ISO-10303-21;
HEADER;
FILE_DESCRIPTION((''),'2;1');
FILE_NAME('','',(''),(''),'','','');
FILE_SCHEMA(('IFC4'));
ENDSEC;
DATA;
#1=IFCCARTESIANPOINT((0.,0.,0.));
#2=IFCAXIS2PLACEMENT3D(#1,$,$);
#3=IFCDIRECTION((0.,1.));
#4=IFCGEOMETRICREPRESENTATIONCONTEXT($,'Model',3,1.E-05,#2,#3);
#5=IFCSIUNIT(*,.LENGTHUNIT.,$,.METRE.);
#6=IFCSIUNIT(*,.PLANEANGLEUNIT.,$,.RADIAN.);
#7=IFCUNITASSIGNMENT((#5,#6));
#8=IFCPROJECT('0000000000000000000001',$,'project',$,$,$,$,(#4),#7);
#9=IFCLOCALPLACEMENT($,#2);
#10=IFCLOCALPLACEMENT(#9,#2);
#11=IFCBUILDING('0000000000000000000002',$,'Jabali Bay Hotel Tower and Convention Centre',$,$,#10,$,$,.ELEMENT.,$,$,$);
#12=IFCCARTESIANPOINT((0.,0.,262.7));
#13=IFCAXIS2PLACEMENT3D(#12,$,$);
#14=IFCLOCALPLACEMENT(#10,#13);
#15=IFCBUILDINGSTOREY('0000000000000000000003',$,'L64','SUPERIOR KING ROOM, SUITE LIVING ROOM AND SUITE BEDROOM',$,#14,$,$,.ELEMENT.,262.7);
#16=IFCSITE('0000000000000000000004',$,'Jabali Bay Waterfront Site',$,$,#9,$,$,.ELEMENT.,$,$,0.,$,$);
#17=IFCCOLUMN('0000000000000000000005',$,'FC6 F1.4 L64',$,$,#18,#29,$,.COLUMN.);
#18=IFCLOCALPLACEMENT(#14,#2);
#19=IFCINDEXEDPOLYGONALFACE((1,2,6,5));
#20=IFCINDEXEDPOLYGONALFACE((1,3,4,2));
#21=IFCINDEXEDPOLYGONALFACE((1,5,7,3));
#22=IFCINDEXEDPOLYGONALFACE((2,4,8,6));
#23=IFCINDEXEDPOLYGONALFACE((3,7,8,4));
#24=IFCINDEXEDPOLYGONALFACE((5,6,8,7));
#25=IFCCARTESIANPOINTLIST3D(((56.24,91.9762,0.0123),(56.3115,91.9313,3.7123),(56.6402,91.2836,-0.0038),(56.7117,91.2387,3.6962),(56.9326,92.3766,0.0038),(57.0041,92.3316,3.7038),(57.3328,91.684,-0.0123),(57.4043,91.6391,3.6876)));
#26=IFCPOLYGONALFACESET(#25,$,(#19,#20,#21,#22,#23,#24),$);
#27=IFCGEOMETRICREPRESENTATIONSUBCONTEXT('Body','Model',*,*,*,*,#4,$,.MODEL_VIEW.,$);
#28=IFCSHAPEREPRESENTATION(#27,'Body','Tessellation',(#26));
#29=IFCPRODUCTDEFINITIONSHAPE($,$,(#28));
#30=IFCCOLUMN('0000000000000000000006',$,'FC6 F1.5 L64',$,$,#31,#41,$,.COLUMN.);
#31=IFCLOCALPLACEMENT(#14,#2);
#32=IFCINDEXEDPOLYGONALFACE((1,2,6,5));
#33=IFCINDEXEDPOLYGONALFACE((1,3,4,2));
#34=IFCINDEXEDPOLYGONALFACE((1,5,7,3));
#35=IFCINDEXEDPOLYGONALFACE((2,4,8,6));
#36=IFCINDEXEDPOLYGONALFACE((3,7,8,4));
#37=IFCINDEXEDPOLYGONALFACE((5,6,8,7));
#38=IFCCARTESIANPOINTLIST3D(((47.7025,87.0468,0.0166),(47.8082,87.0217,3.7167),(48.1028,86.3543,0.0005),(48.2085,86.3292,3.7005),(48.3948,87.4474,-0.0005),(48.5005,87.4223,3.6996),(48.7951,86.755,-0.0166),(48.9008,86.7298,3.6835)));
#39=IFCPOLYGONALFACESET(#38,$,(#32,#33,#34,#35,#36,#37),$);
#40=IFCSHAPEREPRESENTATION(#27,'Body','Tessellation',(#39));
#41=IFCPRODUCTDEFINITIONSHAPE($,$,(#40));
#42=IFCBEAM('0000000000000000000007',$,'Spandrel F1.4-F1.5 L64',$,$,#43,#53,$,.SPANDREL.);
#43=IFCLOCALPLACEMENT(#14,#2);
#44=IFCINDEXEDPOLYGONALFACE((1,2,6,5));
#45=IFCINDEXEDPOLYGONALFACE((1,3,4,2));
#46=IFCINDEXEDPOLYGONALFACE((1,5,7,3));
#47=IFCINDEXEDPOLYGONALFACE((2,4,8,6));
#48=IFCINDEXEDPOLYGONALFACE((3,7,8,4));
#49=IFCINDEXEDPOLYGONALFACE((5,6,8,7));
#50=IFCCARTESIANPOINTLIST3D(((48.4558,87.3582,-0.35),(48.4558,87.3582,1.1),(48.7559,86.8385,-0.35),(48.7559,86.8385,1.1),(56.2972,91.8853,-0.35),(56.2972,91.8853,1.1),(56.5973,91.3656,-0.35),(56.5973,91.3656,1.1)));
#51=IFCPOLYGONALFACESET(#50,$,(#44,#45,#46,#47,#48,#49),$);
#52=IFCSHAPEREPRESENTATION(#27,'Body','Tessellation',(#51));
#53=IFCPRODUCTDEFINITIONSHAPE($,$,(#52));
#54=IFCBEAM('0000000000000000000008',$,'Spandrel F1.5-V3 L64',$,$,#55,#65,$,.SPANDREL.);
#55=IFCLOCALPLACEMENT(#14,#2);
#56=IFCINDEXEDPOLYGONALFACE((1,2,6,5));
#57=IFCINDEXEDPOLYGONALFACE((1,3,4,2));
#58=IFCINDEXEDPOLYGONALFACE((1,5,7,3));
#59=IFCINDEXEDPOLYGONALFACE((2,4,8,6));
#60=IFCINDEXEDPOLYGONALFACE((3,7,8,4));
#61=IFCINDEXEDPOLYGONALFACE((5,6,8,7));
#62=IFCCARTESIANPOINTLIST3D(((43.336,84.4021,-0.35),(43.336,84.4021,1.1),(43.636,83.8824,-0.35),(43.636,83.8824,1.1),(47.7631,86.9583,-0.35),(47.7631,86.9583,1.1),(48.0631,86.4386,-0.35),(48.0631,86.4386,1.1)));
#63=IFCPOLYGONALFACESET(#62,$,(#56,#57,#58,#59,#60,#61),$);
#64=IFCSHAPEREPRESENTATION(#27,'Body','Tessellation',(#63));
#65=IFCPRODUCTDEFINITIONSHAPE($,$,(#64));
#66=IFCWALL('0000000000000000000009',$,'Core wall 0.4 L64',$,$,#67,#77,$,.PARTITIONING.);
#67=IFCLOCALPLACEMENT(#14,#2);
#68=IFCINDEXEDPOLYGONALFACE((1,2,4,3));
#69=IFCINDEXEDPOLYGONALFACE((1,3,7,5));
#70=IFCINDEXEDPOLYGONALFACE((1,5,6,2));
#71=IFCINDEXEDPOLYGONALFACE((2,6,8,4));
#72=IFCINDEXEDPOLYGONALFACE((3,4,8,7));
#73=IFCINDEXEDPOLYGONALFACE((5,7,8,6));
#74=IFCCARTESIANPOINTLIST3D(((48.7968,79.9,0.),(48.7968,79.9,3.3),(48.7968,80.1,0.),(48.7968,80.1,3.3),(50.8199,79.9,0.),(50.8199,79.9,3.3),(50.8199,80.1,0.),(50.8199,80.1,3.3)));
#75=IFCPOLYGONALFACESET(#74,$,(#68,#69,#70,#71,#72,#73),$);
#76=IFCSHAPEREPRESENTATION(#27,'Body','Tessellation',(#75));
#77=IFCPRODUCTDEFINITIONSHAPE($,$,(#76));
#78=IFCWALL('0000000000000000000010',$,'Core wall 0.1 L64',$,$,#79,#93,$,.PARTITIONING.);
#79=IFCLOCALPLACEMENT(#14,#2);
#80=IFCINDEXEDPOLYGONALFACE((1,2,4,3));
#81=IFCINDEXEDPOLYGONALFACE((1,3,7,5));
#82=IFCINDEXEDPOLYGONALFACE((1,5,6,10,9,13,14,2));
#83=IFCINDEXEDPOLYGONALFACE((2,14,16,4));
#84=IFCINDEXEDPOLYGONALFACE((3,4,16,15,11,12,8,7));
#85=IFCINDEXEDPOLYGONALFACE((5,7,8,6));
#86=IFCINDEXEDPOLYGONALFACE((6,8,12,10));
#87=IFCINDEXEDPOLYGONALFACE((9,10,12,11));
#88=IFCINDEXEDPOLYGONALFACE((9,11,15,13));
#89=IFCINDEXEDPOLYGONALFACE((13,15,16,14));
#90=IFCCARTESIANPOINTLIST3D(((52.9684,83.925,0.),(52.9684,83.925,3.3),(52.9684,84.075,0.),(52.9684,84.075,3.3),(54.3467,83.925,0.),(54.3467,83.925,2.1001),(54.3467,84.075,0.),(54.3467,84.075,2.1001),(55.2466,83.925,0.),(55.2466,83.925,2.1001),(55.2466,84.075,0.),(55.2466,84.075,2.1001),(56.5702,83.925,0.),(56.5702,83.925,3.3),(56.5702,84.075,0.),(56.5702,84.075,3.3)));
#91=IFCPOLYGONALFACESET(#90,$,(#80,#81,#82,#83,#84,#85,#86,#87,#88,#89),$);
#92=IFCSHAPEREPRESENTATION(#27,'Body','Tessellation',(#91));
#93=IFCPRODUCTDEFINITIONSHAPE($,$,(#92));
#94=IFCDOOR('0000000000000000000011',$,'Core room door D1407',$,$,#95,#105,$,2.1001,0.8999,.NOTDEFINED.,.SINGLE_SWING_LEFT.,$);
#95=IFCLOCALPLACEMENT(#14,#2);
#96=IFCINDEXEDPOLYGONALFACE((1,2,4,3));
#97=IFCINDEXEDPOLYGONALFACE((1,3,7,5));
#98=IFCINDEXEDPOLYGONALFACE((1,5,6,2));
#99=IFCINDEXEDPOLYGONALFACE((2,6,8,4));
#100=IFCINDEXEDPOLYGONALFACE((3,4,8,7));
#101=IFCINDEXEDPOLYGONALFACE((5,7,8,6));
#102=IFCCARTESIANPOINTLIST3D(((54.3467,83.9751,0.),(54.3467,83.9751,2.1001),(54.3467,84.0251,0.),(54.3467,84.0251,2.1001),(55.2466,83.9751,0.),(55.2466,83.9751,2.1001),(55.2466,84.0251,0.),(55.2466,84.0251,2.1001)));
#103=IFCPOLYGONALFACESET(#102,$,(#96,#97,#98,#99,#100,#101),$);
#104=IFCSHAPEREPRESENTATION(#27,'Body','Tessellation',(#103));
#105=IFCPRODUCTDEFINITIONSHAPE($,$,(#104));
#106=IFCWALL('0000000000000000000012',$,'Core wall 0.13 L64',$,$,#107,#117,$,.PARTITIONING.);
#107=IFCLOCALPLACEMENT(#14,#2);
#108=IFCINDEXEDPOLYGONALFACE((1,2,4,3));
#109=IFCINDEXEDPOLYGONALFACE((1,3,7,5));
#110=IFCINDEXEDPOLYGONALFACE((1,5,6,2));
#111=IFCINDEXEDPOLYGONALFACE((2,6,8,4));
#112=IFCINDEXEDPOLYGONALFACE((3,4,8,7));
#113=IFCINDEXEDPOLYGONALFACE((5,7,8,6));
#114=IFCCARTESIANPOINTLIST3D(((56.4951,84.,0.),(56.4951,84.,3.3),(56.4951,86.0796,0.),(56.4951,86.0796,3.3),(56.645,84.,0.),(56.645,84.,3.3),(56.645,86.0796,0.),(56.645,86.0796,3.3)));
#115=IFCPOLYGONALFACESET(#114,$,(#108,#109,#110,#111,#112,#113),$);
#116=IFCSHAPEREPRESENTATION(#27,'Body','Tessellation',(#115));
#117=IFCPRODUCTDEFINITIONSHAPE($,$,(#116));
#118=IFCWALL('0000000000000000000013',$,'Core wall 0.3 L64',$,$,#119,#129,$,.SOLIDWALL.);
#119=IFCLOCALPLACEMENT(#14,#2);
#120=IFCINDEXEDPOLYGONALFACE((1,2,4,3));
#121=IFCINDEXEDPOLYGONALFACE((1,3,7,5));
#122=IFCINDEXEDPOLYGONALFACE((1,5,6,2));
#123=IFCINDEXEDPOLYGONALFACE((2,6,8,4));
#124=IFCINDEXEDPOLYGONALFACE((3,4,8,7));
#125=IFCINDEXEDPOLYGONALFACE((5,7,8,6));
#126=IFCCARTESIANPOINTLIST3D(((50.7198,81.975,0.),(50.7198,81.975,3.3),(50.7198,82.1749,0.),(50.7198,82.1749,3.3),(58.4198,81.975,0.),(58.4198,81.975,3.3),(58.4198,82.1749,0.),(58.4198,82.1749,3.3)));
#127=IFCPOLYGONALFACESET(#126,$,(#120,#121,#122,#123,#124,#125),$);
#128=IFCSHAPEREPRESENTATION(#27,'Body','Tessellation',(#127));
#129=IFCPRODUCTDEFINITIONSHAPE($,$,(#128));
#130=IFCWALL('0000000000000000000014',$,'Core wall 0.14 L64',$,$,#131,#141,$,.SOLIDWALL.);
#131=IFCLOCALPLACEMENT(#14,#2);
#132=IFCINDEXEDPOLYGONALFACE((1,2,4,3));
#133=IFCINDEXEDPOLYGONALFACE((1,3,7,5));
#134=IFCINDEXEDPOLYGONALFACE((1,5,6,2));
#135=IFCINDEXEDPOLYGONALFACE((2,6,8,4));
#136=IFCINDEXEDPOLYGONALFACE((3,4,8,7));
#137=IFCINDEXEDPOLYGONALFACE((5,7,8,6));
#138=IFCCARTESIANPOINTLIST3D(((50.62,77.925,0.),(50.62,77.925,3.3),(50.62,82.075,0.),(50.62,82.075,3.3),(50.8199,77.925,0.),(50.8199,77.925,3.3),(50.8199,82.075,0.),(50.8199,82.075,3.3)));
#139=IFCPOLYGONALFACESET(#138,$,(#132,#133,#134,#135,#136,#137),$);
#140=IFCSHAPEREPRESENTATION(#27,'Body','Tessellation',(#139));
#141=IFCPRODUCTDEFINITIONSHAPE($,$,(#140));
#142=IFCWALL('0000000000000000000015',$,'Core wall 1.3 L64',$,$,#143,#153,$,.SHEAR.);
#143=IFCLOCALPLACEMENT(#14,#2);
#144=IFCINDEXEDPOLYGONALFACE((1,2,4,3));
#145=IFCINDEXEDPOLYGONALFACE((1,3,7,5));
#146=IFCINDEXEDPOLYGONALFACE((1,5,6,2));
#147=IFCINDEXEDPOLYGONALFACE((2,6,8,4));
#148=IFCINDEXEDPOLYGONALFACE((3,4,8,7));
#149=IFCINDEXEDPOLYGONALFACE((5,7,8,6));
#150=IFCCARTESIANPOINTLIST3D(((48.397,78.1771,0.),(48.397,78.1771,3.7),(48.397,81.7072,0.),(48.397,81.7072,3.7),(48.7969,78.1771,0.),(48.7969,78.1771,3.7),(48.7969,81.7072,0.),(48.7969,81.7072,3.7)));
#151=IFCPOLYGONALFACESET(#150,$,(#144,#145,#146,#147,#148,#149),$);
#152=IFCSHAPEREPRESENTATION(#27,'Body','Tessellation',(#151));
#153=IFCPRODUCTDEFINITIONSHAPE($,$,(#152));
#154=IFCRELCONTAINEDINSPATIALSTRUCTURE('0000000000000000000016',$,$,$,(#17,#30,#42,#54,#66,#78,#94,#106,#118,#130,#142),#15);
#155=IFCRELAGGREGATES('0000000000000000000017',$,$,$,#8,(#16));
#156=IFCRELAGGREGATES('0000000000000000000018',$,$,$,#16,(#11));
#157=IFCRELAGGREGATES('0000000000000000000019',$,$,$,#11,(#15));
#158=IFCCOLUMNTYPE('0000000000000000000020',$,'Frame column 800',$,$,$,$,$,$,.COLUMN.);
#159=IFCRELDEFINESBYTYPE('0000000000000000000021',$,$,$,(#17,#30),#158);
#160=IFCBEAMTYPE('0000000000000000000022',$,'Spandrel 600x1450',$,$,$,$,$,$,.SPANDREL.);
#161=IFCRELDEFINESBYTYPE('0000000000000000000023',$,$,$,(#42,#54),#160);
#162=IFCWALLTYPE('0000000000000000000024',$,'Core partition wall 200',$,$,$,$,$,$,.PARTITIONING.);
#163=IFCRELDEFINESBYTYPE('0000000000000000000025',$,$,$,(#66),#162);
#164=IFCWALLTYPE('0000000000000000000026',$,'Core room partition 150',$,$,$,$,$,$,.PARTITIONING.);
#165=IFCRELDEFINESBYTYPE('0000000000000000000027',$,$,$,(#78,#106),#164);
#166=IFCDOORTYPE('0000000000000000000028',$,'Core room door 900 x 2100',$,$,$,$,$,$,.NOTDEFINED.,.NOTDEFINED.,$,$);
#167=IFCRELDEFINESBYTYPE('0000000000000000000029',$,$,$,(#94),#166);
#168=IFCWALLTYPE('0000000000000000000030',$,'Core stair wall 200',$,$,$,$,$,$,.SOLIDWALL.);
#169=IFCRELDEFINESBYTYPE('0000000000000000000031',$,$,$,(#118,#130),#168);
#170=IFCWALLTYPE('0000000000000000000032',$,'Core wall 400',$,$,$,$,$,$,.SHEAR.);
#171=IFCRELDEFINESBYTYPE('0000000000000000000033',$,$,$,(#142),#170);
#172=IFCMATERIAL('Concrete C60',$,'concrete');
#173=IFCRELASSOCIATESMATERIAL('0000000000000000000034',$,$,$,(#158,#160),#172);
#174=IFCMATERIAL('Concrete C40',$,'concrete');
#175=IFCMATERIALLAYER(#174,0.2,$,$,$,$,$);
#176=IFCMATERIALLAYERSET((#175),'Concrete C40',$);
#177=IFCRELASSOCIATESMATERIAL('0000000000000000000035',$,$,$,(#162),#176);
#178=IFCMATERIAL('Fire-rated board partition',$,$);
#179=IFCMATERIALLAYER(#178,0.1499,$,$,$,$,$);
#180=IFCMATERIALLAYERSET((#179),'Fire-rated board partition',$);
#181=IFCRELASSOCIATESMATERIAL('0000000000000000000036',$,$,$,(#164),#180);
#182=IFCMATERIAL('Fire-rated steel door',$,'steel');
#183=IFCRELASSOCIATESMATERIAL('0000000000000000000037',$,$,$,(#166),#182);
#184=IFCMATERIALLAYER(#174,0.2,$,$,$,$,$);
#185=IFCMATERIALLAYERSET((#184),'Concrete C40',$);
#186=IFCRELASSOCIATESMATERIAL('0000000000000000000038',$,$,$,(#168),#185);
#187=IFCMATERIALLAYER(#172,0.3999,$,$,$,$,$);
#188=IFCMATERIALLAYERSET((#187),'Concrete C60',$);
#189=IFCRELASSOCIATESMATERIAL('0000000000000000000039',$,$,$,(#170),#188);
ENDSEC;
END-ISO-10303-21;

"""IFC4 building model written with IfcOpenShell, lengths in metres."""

from ifc_helpers import new_model, si_unit, direction, frame, frame_2d, origin, origin_2d, place, context, subcontext, project, spatial, rectangle, extrude, material, layer, layer_set, material_profile, profile_set, type_object, element, fill, save


model = new_model("IFC4")

# Units and contexts
model_context = context("Model", 3, precision=1e-05, world=origin(), true_north=direction((0.0, 1.0)))
body_context = subcontext(model_context, "Body", "Model", "MODEL_VIEW")
ifc_project = project(units=[si_unit("LENGTHUNIT", "METRE"), si_unit("PLANEANGLEUNIT", "RADIAN")], contexts=[model_context])

# Site, building, storey
site_placement = place(None, origin())
site = spatial("IfcSite", under=ifc_project, at=site_placement, Name="Jabali Bay Waterfront Site", CompositionType="ELEMENT", RefElevation=0.0)
building_placement = place(site_placement, origin())
building = spatial("IfcBuilding", under=site, at=building_placement, Name="Jabali Bay Hotel Tower and Convention Centre", CompositionType="ELEMENT")
storey_placement = place(building_placement, frame((0.0, 0.0, 262.7)))
storey = spatial("IfcBuildingStorey", under=building, at=storey_placement, Name="L64", Description="SUPERIOR KING ROOM, SUITE LIVING ROOM AND SUITE BEDROOM", CompositionType="ELEMENT", Elevation=262.7)

# Columns
ifc_material_1 = material(Name="Concrete C60", Category="concrete")
ifc_material_profile_1 = material_profile(ifc_material_1, rectangle(XDim=0.8, YDim=0.8, at=origin_2d()), Name="Frame column 800")
ifc_profile_set_1 = profile_set([ifc_material_profile_1], Name="Concrete C60")
column_type = type_object("IfcColumnType", Name="Frame column 800", PredefinedType="COLUMN", material=ifc_profile_set_1)
column_1_placement = place(storey_placement, frame((56.7864, 91.8301, 0.0), z_axis=(0.019329, -0.012138, 0.99974), x_axis=(-0.5002, 0.865675, 0.020181)))
element("IfcColumn", 1, at=column_1_placement, inside=storey, type_object=column_type, Name="FC6 F1.4 L64", PredefinedType="COLUMN", context=body_context, shape_type="SweptSolid", body=[
    extrude(rectangle(XDim=0.8, YDim=0.8, at=origin_2d()), origin(), (0.0, 0.0, 1.0), 3.7009),
])
column_2_placement = place(storey_placement, frame((48.2488, 86.9009, 0.0), z_axis=(0.028559, -0.006794, 0.999569), x_axis=(-0.500406, 0.865556, 0.02018)))
element("IfcColumn", 2, at=column_2_placement, inside=storey, type_object=column_type, Name="FC6 F1.5 L64", PredefinedType="COLUMN", context=body_context, shape_type="SweptSolid", body=[
    extrude(rectangle(XDim=0.8, YDim=0.8, at=origin_2d()), origin(), (0.0, 0.0, 1.0), 3.7017),
])

# Beams
ifc_material_profile_2 = material_profile(ifc_material_1, rectangle(XDim=0.6001, YDim=1.45, at=origin_2d()), Name="Spandrel 600x1450")
ifc_profile_set_2 = profile_set([ifc_material_profile_2], Name="Concrete C60")
beam_type = type_object("IfcBeamType", Name="Spandrel 600x1450", PredefinedType="SPANDREL", material=ifc_profile_set_2)
beam_1_placement = place(storey_placement, frame((56.4473, 91.6255, 0.375), z_axis=(-0.866029, -0.499993, 0.0), x_axis=(0.499993, -0.866029, 0.0)))
element("IfcBeam", 3, at=beam_1_placement, inside=storey, type_object=beam_type, Name="Spandrel F1.4-F1.5 L64", PredefinedType="SPANDREL", context=body_context, shape_type="SweptSolid", body=[
    extrude(rectangle(XDim=0.6001, YDim=1.45, at=origin_2d()), origin(), (0.0, 0.0, 1.0), 9.0544),
])
beam_2_placement = place(storey_placement, frame((47.9131, 86.6985, 0.375), z_axis=(-0.866007, -0.500033, 0.0), x_axis=(0.500033, -0.866007, 0.0)))
element("IfcBeam", 4, at=beam_2_placement, inside=storey, type_object=beam_type, Name="Spandrel F1.5-V3 L64", PredefinedType="SPANDREL", context=body_context, shape_type="SweptSolid", body=[
    extrude(rectangle(XDim=0.6001, YDim=1.45, at=origin_2d()), origin(), (0.0, 0.0, 1.0), 5.1121),
])

# Wall
ifc_material_2 = material(Name="Concrete C40", Category="concrete")
ifc_layer_1 = layer(ifc_material_2, 0.2)
ifc_layer_set_1 = layer_set([ifc_layer_1], Name="Concrete C40")
wall_type_1 = type_object("IfcWallType", Name="Core partition wall 200", PredefinedType="PARTITIONING", material=ifc_layer_set_1)
wall_1_placement = place(storey_placement, frame((50.8201, 80.0, 0.0), z_axis=(0.0, 0.0, 1.0), x_axis=(-1.0, 0.0, 0.0)))
element("IfcWall", 5, at=wall_1_placement, inside=storey, type_object=wall_type_1, Name="Core wall 0.4 L64", PredefinedType="PARTITIONING", context=body_context, shape_type="SweptSolid", body=[
    extrude(rectangle(XDim=2.0232, YDim=0.2, at=frame_2d((1.0117, 0.0))), origin(), (0.0, 0.0, 1.0), 3.3),
])

# Wall, opening, door
ifc_material_3 = material(Name="Fire-rated board partition")
ifc_layer_2 = layer(ifc_material_3, 0.1499)
ifc_layer_set_2 = layer_set([ifc_layer_2], Name="Fire-rated board partition")
wall_type_2 = type_object("IfcWallType", Name="Core room partition 150", PredefinedType="PARTITIONING", material=ifc_layer_set_2)
wall_2_placement = place(storey_placement, frame((56.5701, 84.0, 0.0), z_axis=(0.0, 0.0, 1.0), x_axis=(-1.0, 0.0, 0.0)))
wall_2 = element("IfcWall", 6, at=wall_2_placement, inside=storey, type_object=wall_type_2, Name="Core wall 0.1 L64", PredefinedType="PARTITIONING", context=body_context, shape_type="SweptSolid", body=[
    extrude(rectangle(XDim=3.6018, YDim=0.1499, at=frame_2d((1.8008, 0.0))), origin(), (0.0, 0.0, 1.0), 3.3),
])
opening_placement = place(wall_2_placement, frame((1.3235, 0.0, 0.0)))
opening = element("IfcOpeningElement", 7, at=opening_placement, cuts=wall_2, PredefinedType="OPENING", context=body_context, shape_type="SweptSolid", body=[
    extrude(rectangle(XDim=0.8999, YDim=2.1001, at=frame_2d((0.45, 1.05))), frame((0.0, 0.0854, 0.0), z_axis=(0.0, -1.0, 0.0), x_axis=(1.0, 0.0, 0.0)), (0.0, 0.0, 1.0), 0.1709),
])
ifc_material_4 = material(Name="Fire-rated steel door", Category="steel")
door_type = type_object("IfcDoorType", Name="Core room door 900 x 2100", OperationType="NOTDEFINED", PredefinedType="NOTDEFINED", material=ifc_material_4)
door_placement = place(opening_placement, origin())
door = element("IfcDoor", 8, at=door_placement, inside=storey, type_object=door_type, Name="Core room door D1407", OperationType="SINGLE_SWING_LEFT", OverallHeight=2.1001, OverallWidth=0.8999, PredefinedType="NOTDEFINED", context=body_context, shape_type="SweptSolid", body=[
    extrude(rectangle(XDim=0.8999, YDim=2.1001, at=frame_2d((0.45, 1.05))), frame((0.0, 0.0249, 0.0), z_axis=(0.0, -1.0, 0.0), x_axis=(1.0, 0.0, 0.0)), (0.0, 0.0, 1.0), 0.05),
])
fill(opening, door)

# Walls
wall_3_placement = place(storey_placement, frame((56.5701, 86.0796, 0.0), z_axis=(0.0, 0.0, 1.0), x_axis=(0.0, -1.0, 0.0)))
element("IfcWall", 9, at=wall_3_placement, inside=storey, type_object=wall_type_2, Name="Core wall 0.13 L64", PredefinedType="PARTITIONING", context=body_context, shape_type="SweptSolid", body=[
    extrude(rectangle(XDim=2.0796, YDim=0.1499, at=frame_2d((1.0398, 0.0))), origin(), (0.0, 0.0, 1.0), 3.3),
])
ifc_layer_3 = layer(ifc_material_2, 0.2)
ifc_layer_set_3 = layer_set([ifc_layer_3], Name="Concrete C40")
wall_type_3 = type_object("IfcWallType", Name="Core stair wall 200", PredefinedType="SOLIDWALL", material=ifc_layer_set_3)
wall_4_placement = place(storey_placement, frame((58.4199, 82.075, 0.0), z_axis=(0.0, 0.0, 1.0), x_axis=(-1.0, 0.0, 0.0)))
element("IfcWall", 10, at=wall_4_placement, inside=storey, type_object=wall_type_3, Name="Core wall 0.3 L64", PredefinedType="SOLIDWALL", context=body_context, shape_type="SweptSolid", body=[
    extrude(rectangle(XDim=7.7, YDim=0.2, at=frame_2d((3.8501, 0.0))), origin(), (0.0, 0.0, 1.0), 3.3),
])
wall_5_placement = place(storey_placement, frame((50.72, 82.075, 0.0), z_axis=(0.0, 0.0, 1.0), x_axis=(0.0, -1.0, 0.0)))
element("IfcWall", 11, at=wall_5_placement, inside=storey, type_object=wall_type_3, Name="Core wall 0.14 L64", PredefinedType="SOLIDWALL", context=body_context, shape_type="SweptSolid", body=[
    extrude(rectangle(XDim=4.1499, YDim=0.2, at=frame_2d((2.075, 0.0))), origin(), (0.0, 0.0, 1.0), 3.3),
])
ifc_layer_4 = layer(ifc_material_1, 0.3999)
ifc_layer_set_4 = layer_set([ifc_layer_4], Name="Concrete C60")
wall_type_4 = type_object("IfcWallType", Name="Core wall 400", PredefinedType="SHEAR", material=ifc_layer_set_4)
wall_6_placement = place(storey_placement, frame((48.5969, 81.7073, 0.0), z_axis=(0.0, 0.0, 1.0), x_axis=(0.0, -1.0, 0.0)))
element("IfcWall", 12, at=wall_6_placement, inside=storey, type_object=wall_type_4, Name="Core wall 1.3 L64", PredefinedType="SHEAR", context=body_context, shape_type="SweptSolid", body=[
    extrude(rectangle(XDim=3.53, YDim=0.3999, at=frame_2d((1.7651, 0.0))), origin(), (0.0, 0.0, 1.0), 3.7),
])

save(model, "model.ifc")
